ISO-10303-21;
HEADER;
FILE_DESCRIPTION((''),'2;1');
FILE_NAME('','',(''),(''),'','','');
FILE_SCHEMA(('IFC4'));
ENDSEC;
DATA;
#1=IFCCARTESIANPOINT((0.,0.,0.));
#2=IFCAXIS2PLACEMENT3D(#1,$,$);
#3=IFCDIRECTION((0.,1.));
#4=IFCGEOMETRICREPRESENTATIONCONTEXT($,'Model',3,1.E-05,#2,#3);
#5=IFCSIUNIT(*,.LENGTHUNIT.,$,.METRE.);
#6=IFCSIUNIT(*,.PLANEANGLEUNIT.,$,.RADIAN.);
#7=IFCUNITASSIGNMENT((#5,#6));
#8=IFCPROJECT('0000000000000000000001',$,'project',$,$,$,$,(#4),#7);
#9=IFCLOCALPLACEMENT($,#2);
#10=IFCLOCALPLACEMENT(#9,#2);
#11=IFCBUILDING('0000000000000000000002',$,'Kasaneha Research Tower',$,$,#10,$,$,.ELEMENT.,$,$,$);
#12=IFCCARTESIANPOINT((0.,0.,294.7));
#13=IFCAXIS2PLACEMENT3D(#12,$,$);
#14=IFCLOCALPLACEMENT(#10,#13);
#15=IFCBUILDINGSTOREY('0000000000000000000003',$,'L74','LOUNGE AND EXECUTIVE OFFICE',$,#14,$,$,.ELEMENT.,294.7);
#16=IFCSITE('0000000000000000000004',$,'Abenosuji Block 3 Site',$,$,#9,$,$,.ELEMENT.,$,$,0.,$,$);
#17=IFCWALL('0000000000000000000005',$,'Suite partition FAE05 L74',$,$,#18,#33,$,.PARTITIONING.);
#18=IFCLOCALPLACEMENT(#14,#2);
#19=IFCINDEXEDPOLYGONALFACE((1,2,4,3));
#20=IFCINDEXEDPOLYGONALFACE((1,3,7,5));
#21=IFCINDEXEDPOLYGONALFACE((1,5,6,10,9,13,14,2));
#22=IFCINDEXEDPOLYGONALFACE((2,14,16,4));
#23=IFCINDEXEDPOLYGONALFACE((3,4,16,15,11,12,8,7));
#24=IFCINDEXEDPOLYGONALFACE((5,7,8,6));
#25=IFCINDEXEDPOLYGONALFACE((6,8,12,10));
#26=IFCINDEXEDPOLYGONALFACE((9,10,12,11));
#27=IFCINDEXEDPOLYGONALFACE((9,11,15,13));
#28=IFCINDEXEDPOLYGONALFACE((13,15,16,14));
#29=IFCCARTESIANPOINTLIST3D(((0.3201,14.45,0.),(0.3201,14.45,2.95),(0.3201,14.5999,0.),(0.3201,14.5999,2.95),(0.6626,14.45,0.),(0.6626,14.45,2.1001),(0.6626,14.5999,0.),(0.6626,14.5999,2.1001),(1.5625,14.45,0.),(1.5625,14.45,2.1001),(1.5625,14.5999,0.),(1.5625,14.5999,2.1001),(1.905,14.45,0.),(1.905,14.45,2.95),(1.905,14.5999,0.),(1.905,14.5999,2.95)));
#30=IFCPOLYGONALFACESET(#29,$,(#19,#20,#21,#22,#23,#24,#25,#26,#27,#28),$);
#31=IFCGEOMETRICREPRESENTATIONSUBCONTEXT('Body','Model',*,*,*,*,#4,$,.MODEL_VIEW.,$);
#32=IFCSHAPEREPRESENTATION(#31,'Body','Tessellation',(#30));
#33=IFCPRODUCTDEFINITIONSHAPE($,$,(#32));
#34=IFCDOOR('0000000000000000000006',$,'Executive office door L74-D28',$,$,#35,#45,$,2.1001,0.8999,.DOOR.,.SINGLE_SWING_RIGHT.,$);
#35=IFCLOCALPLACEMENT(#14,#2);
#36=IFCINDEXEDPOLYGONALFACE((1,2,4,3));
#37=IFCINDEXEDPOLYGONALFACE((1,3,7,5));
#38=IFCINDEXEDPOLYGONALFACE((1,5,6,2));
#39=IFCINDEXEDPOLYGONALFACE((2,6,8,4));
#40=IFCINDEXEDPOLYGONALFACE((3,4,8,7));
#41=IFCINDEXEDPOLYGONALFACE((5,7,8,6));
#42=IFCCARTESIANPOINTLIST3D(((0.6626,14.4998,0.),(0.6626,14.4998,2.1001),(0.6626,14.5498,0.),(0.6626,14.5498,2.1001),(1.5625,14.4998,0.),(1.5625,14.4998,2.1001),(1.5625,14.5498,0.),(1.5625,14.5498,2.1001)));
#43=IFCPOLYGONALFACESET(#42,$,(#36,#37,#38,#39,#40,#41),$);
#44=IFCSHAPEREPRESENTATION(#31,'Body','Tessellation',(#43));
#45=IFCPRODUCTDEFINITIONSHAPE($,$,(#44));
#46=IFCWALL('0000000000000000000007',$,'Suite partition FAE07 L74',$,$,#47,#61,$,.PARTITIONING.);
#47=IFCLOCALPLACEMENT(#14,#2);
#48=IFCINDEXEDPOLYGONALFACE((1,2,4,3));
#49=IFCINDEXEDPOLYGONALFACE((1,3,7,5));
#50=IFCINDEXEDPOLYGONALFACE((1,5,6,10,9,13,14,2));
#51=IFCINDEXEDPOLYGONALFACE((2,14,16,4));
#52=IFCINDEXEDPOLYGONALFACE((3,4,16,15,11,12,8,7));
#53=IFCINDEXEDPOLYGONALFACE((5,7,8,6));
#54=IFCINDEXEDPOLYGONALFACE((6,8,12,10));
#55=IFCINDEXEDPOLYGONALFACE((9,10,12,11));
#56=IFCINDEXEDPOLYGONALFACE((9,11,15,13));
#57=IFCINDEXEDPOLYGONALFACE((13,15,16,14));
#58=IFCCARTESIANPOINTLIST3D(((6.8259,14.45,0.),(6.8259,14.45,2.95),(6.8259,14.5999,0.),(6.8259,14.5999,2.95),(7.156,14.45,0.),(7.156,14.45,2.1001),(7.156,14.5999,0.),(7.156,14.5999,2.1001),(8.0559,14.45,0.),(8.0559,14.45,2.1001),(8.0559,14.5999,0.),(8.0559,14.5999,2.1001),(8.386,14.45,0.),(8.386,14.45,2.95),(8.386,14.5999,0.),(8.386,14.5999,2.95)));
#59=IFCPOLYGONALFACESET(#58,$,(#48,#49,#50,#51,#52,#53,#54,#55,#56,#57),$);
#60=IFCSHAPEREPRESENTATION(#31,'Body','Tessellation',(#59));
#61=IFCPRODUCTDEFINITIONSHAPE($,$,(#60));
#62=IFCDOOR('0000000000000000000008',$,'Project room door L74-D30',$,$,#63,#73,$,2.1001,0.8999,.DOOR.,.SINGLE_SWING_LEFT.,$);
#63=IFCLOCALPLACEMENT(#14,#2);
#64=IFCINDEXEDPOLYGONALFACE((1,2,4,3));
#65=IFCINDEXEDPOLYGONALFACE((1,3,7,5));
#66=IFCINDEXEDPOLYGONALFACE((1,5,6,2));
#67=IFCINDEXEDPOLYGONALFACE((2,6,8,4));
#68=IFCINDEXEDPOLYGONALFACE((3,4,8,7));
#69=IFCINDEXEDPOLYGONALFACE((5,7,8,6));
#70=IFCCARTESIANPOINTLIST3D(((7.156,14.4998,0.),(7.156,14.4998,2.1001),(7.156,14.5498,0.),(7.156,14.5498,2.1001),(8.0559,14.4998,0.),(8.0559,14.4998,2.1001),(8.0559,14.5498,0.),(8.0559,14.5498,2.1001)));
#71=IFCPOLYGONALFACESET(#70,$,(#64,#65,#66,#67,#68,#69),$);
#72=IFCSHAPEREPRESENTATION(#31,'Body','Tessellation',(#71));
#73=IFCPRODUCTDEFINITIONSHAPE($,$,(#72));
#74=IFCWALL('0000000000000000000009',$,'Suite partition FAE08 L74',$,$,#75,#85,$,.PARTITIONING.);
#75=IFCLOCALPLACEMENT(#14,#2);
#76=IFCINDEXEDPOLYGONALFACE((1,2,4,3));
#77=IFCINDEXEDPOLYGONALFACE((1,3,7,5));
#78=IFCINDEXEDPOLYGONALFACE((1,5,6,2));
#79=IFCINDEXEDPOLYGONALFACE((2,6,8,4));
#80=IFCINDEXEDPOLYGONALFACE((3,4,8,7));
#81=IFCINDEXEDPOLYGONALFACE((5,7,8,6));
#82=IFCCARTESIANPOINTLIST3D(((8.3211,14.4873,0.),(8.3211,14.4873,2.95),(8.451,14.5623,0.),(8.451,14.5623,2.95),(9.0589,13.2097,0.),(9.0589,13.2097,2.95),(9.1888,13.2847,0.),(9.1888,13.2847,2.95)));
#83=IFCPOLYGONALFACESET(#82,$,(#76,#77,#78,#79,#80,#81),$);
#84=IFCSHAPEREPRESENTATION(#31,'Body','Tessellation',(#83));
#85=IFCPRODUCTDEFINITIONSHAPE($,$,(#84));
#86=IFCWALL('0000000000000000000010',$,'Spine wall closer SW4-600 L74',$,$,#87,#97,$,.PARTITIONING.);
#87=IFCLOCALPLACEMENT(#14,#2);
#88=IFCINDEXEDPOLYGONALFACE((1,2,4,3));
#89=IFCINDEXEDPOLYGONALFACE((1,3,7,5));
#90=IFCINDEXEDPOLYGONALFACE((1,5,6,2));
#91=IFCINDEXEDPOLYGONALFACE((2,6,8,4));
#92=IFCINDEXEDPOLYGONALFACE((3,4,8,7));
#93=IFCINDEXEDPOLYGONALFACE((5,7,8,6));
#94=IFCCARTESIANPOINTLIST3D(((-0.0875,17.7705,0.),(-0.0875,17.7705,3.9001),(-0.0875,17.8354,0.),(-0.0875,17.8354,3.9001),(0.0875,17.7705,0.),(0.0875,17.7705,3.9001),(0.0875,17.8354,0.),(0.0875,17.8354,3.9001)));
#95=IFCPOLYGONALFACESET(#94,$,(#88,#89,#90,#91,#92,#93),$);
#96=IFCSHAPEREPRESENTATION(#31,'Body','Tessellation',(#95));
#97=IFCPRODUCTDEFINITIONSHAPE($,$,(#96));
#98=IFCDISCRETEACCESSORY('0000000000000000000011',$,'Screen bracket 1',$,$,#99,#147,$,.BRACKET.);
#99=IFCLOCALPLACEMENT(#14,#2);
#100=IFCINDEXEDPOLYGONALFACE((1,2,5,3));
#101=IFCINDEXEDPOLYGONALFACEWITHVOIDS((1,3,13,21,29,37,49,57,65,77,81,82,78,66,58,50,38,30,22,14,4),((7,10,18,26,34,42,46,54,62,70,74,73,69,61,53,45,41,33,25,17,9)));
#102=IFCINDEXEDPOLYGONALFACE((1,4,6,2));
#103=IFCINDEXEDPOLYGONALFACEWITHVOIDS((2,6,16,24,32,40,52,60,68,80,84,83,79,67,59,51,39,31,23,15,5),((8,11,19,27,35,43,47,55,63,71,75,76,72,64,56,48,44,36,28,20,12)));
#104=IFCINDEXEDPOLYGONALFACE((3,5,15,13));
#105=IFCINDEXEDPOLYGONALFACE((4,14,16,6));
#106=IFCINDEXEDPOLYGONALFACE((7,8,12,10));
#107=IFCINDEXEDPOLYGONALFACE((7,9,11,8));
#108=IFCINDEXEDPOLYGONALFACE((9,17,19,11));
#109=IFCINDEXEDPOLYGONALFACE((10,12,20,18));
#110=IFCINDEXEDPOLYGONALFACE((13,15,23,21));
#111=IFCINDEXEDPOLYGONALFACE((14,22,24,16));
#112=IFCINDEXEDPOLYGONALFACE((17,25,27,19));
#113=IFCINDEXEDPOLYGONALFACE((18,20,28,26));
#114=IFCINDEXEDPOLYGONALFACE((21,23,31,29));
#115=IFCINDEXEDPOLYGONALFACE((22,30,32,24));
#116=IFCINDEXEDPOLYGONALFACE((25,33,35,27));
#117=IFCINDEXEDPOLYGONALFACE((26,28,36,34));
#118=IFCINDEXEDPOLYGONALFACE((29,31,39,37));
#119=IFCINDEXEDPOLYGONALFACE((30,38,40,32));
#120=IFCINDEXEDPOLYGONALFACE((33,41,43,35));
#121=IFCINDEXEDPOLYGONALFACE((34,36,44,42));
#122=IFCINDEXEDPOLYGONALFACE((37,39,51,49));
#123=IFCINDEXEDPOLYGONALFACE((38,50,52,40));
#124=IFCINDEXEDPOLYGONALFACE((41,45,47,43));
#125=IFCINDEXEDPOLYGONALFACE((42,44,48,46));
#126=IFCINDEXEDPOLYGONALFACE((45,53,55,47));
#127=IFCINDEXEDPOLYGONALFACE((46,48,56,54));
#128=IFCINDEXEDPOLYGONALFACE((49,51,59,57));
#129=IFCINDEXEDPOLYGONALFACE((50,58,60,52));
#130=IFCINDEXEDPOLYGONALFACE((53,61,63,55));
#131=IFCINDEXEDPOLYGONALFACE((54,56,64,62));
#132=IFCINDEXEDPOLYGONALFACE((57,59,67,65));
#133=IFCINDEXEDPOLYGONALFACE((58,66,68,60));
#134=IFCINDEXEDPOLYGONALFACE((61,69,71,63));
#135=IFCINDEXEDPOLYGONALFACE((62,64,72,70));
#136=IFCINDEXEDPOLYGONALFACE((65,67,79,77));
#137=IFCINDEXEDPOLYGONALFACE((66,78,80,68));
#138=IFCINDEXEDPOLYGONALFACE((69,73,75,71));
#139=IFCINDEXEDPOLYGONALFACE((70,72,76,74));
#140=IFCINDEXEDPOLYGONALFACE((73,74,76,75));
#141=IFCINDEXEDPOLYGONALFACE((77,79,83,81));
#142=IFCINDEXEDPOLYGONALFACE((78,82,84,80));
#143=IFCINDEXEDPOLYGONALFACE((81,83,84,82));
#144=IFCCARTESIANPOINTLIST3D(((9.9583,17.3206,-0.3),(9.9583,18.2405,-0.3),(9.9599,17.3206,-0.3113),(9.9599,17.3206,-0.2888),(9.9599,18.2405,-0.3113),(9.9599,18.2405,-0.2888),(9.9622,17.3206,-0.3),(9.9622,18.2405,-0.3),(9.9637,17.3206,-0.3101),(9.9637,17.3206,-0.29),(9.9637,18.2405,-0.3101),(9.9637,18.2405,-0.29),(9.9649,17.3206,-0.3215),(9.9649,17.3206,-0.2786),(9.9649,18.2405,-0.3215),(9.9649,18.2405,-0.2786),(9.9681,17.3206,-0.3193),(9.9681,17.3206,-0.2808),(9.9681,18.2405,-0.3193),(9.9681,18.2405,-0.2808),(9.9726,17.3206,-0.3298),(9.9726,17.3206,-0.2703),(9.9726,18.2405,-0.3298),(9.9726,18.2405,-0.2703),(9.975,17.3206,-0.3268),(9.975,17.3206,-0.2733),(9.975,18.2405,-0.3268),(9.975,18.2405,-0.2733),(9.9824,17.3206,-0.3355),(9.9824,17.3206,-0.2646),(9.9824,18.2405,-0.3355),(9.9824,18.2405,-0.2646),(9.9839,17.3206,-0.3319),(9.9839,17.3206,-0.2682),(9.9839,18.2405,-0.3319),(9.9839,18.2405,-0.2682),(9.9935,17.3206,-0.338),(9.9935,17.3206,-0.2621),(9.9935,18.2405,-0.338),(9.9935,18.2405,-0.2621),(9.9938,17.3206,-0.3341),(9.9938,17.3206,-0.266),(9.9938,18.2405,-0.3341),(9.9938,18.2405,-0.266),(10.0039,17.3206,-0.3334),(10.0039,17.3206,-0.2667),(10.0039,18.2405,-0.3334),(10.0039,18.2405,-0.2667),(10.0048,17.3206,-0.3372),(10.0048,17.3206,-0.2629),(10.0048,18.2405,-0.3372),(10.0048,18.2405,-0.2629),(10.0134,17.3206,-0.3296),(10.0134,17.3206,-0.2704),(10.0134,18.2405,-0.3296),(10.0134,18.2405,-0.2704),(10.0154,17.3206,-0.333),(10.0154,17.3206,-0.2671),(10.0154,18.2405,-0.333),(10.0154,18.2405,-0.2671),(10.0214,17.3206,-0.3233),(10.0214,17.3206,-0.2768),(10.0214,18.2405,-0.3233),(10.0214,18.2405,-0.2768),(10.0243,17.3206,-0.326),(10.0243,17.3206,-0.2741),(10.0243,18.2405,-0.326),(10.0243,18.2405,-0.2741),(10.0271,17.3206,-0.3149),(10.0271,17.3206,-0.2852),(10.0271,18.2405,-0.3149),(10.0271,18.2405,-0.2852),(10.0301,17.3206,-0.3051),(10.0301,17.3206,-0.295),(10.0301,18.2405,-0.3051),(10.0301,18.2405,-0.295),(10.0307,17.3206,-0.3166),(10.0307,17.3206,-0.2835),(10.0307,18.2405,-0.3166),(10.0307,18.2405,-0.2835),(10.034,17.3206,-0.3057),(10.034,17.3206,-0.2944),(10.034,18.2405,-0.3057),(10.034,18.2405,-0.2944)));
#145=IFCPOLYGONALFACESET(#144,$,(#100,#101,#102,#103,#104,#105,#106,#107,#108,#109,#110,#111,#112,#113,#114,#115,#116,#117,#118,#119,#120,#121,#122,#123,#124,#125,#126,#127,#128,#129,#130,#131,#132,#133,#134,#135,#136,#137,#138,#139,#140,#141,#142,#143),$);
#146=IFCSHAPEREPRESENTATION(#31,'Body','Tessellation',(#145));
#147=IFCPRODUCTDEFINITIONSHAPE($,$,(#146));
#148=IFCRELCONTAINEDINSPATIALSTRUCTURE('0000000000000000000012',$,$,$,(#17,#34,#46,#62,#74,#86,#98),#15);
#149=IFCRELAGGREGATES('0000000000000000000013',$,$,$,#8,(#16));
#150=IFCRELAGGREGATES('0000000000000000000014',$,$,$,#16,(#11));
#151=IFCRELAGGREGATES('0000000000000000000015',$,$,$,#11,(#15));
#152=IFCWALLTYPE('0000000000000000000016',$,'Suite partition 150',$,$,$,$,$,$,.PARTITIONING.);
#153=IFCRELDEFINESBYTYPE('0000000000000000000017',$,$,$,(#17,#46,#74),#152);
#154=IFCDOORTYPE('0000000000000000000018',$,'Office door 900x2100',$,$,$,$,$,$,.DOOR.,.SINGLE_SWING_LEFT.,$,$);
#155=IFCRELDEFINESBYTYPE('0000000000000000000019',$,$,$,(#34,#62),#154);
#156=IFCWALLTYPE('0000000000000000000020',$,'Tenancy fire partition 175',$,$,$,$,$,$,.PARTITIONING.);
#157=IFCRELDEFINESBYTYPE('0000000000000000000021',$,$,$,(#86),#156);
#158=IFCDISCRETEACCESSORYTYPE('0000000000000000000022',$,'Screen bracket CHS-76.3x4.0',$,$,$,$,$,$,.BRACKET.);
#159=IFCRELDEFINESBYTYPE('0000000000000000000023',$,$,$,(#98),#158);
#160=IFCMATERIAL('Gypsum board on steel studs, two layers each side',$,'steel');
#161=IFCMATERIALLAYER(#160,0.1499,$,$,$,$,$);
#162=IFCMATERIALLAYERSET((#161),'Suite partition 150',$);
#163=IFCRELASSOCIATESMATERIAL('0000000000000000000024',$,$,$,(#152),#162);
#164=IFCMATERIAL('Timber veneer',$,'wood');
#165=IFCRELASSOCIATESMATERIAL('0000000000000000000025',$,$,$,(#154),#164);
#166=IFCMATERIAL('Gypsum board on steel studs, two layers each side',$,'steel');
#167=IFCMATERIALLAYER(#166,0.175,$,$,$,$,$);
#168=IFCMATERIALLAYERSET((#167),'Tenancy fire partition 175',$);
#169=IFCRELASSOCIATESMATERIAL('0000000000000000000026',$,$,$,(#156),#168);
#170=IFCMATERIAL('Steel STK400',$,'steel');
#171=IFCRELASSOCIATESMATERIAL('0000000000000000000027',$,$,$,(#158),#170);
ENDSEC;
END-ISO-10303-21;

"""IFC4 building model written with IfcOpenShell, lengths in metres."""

from ifc_helpers import new_model, si_unit, direction, frame, frame_2d, origin, origin_2d, place, context, subcontext, project, spatial, rectangle, hollow_circle, extrude, material, layer, layer_set, material_profile, profile_set, type_object, element, fill, save


model = new_model("IFC4")

# Units and contexts
model_context = context("Model", 3, precision=1e-05, world=origin(), true_north=direction((0.0, 1.0)))
body_context = subcontext(model_context, "Body", "Model", "MODEL_VIEW")
ifc_project = project(units=[si_unit("LENGTHUNIT", "METRE"), si_unit("PLANEANGLEUNIT", "RADIAN")], contexts=[model_context])

# Site, building, storey
site_placement = place(None, origin())
site = spatial("IfcSite", under=ifc_project, at=site_placement, Name="Abenosuji Block 3 Site", CompositionType="ELEMENT", RefElevation=0.0)
building_placement = place(site_placement, origin())
building = spatial("IfcBuilding", under=site, at=building_placement, Name="Kasaneha Research Tower", CompositionType="ELEMENT")
storey_placement = place(building_placement, frame((0.0, 0.0, 294.7)))
storey = spatial("IfcBuildingStorey", under=building, at=storey_placement, Name="L74", Description="LOUNGE AND EXECUTIVE OFFICE", CompositionType="ELEMENT", Elevation=294.7)

# Shared definitions
ifc_material_1 = material(Name="Gypsum board on steel studs, two layers each side", Category="steel")
ifc_layer_1 = layer(ifc_material_1, 0.1499)
ifc_layer_set_1 = layer_set([ifc_layer_1], Name="Suite partition 150")
wall_type_1 = type_object("IfcWallType", Name="Suite partition 150", PredefinedType="PARTITIONING", material=ifc_layer_set_1)

# Walls, openings, doors
ifc_material_2 = material(Name="Timber veneer", Category="wood")
door_type_1 = type_object("IfcDoorType", Name="Office door 900x2100", OperationType="SINGLE_SWING_LEFT", PredefinedType="DOOR", material=ifc_material_2)
wall_1_placement = place(storey_placement, frame((0.3201, 14.5249, 0.0), z_axis=(0.0, 0.0, 1.0), x_axis=(1.0, 0.0, 0.0)))
wall_1 = element("IfcWall", 1, at=wall_1_placement, inside=storey, type_object=wall_type_1, Name="Suite partition FAE05 L74", PredefinedType="PARTITIONING", context=body_context, shape_type="SweptSolid", body=[
    extrude(rectangle(XDim=1.585, YDim=0.1499, at=frame_2d((0.7925, 0.0))), origin(), (0.0, 0.0, 1.0), 2.95),
])
opening_1_placement = place(wall_1_placement, frame((0.3425, 0.0, 0.0)))
opening_1 = element("IfcOpeningElement", 2, at=opening_1_placement, cuts=wall_1, PredefinedType="OPENING", context=body_context, shape_type="SweptSolid", body=[
    extrude(rectangle(XDim=0.8999, YDim=2.1001, at=frame_2d((0.45, 1.05))), frame((0.0, 0.085, 0.0), z_axis=(0.0, -1.0, 0.0), x_axis=(1.0, 0.0, 0.0)), (0.0, 0.0, 1.0), 0.1699),
])
door_1_placement = place(opening_1_placement, origin())
door_1 = element("IfcDoor", 3, at=door_1_placement, inside=storey, type_object=door_type_1, Name="Executive office door L74-D28", OperationType="SINGLE_SWING_RIGHT", OverallHeight=2.1001, OverallWidth=0.8999, PredefinedType="DOOR", context=body_context, shape_type="SweptSolid", body=[
    extrude(rectangle(XDim=0.8999, YDim=2.1001, at=frame_2d((0.45, 1.05))), frame((0.0, 0.0249, 0.0), z_axis=(0.0, -1.0, 0.0), x_axis=(1.0, 0.0, 0.0)), (0.0, 0.0, 1.0), 0.05),
])
fill(opening_1, door_1)
wall_2_placement = place(storey_placement, frame((6.8259, 14.5249, 0.0), z_axis=(0.0, 0.0, 1.0), x_axis=(1.0, 0.0, 0.0)))
wall_2 = element("IfcWall", 4, at=wall_2_placement, inside=storey, type_object=wall_type_1, Name="Suite partition FAE07 L74", PredefinedType="PARTITIONING", context=body_context, shape_type="SweptSolid", body=[
    extrude(rectangle(XDim=1.5601, YDim=0.1499, at=frame_2d((0.78, 0.0))), origin(), (0.0, 0.0, 1.0), 2.95),
])
opening_2_placement = place(wall_2_placement, frame((0.3301, 0.0, 0.0)))
opening_2 = element("IfcOpeningElement", 5, at=opening_2_placement, cuts=wall_2, PredefinedType="OPENING", context=body_context, shape_type="SweptSolid", body=[
    extrude(rectangle(XDim=0.8999, YDim=2.1001, at=frame_2d((0.45, 1.05))), frame((0.0, 0.085, 0.0), z_axis=(0.0, -1.0, 0.0), x_axis=(1.0, 0.0, 0.0)), (0.0, 0.0, 1.0), 0.1699),
])
door_2_placement = place(opening_2_placement, origin())
door_2 = element("IfcDoor", 6, at=door_2_placement, inside=storey, type_object=door_type_1, Name="Project room door L74-D30", OperationType="SINGLE_SWING_LEFT", OverallHeight=2.1001, OverallWidth=0.8999, PredefinedType="DOOR", context=body_context, shape_type="SweptSolid", body=[
    extrude(rectangle(XDim=0.8999, YDim=2.1001, at=frame_2d((0.45, 1.05))), frame((0.0, 0.0249, 0.0), z_axis=(0.0, -1.0, 0.0), x_axis=(1.0, 0.0, 0.0)), (0.0, 0.0, 1.0), 0.05),
])
fill(opening_2, door_2)

# Walls
wall_3_placement = place(storey_placement, frame((8.386, 14.5249, 0.0), z_axis=(0.0, 0.0, 1.0), x_axis=(0.50009, -0.865973, 0.0)))
element("IfcWall", 7, at=wall_3_placement, inside=storey, type_object=wall_type_1, Name="Suite partition FAE08 L74", PredefinedType="PARTITIONING", context=body_context, shape_type="SweptSolid", body=[
    extrude(rectangle(XDim=1.4753, YDim=0.1499, at=frame_2d((0.7378, 0.0))), origin(), (0.0, 0.0, 1.0), 2.95),
])
ifc_material_3 = material(Name="Gypsum board on steel studs, two layers each side", Category="steel")
ifc_layer_2 = layer(ifc_material_3, 0.175)
ifc_layer_set_2 = layer_set([ifc_layer_2], Name="Tenancy fire partition 175")
wall_type_2 = type_object("IfcWallType", Name="Tenancy fire partition 175", PredefinedType="PARTITIONING", material=ifc_layer_set_2)
wall_4_placement = place(storey_placement, frame((0.0, 17.7705, 0.0), z_axis=(0.0, 0.0, 1.0), x_axis=(0.0, 1.0, 0.0)))
element("IfcWall", 8, at=wall_4_placement, inside=storey, type_object=wall_type_2, Name="Spine wall closer SW4-600 L74", PredefinedType="PARTITIONING", context=body_context, shape_type="SweptSolid", body=[
    extrude(rectangle(XDim=0.0649, YDim=0.175, at=frame_2d((0.0325, 0.0))), origin(), (0.0, 0.0, 1.0), 3.9001),
])

# Discrete accessory
ifc_material_4 = material(Name="Steel STK400", Category="steel")
ifc_material_profile_1 = material_profile(ifc_material_4, hollow_circle(Radius=0.0381, WallThickness=0.0039, at=origin_2d()), Name="CHS-76.3x4.0")
ifc_profile_set_1 = profile_set([ifc_material_profile_1], Name="Steel STK400")
discrete_accessory_type = type_object("IfcDiscreteAccessoryType", Name="Screen bracket CHS-76.3x4.0", PredefinedType="BRACKET", material=ifc_profile_set_1)
for number, where, z_axis, x_axis, name in (
    (9, (9.9963, 17.3206, -0.3), (0.0, 1.0, 0.0), (-1.0, 0.0, 0.0), "Screen bracket 1"),
):
    element("IfcDiscreteAccessory", number, at=place(storey_placement, frame(where, z_axis=z_axis, x_axis=x_axis)), inside=storey, type_object=discrete_accessory_type, Name=name, PredefinedType="BRACKET", context=body_context, shape_type="SweptSolid", body=[
        extrude(hollow_circle(Radius=0.0381, WallThickness=0.0039, at=origin_2d()), origin(), (0.0, 0.0, 1.0), 0.9199),
    ])

save(model, "model.ifc")
